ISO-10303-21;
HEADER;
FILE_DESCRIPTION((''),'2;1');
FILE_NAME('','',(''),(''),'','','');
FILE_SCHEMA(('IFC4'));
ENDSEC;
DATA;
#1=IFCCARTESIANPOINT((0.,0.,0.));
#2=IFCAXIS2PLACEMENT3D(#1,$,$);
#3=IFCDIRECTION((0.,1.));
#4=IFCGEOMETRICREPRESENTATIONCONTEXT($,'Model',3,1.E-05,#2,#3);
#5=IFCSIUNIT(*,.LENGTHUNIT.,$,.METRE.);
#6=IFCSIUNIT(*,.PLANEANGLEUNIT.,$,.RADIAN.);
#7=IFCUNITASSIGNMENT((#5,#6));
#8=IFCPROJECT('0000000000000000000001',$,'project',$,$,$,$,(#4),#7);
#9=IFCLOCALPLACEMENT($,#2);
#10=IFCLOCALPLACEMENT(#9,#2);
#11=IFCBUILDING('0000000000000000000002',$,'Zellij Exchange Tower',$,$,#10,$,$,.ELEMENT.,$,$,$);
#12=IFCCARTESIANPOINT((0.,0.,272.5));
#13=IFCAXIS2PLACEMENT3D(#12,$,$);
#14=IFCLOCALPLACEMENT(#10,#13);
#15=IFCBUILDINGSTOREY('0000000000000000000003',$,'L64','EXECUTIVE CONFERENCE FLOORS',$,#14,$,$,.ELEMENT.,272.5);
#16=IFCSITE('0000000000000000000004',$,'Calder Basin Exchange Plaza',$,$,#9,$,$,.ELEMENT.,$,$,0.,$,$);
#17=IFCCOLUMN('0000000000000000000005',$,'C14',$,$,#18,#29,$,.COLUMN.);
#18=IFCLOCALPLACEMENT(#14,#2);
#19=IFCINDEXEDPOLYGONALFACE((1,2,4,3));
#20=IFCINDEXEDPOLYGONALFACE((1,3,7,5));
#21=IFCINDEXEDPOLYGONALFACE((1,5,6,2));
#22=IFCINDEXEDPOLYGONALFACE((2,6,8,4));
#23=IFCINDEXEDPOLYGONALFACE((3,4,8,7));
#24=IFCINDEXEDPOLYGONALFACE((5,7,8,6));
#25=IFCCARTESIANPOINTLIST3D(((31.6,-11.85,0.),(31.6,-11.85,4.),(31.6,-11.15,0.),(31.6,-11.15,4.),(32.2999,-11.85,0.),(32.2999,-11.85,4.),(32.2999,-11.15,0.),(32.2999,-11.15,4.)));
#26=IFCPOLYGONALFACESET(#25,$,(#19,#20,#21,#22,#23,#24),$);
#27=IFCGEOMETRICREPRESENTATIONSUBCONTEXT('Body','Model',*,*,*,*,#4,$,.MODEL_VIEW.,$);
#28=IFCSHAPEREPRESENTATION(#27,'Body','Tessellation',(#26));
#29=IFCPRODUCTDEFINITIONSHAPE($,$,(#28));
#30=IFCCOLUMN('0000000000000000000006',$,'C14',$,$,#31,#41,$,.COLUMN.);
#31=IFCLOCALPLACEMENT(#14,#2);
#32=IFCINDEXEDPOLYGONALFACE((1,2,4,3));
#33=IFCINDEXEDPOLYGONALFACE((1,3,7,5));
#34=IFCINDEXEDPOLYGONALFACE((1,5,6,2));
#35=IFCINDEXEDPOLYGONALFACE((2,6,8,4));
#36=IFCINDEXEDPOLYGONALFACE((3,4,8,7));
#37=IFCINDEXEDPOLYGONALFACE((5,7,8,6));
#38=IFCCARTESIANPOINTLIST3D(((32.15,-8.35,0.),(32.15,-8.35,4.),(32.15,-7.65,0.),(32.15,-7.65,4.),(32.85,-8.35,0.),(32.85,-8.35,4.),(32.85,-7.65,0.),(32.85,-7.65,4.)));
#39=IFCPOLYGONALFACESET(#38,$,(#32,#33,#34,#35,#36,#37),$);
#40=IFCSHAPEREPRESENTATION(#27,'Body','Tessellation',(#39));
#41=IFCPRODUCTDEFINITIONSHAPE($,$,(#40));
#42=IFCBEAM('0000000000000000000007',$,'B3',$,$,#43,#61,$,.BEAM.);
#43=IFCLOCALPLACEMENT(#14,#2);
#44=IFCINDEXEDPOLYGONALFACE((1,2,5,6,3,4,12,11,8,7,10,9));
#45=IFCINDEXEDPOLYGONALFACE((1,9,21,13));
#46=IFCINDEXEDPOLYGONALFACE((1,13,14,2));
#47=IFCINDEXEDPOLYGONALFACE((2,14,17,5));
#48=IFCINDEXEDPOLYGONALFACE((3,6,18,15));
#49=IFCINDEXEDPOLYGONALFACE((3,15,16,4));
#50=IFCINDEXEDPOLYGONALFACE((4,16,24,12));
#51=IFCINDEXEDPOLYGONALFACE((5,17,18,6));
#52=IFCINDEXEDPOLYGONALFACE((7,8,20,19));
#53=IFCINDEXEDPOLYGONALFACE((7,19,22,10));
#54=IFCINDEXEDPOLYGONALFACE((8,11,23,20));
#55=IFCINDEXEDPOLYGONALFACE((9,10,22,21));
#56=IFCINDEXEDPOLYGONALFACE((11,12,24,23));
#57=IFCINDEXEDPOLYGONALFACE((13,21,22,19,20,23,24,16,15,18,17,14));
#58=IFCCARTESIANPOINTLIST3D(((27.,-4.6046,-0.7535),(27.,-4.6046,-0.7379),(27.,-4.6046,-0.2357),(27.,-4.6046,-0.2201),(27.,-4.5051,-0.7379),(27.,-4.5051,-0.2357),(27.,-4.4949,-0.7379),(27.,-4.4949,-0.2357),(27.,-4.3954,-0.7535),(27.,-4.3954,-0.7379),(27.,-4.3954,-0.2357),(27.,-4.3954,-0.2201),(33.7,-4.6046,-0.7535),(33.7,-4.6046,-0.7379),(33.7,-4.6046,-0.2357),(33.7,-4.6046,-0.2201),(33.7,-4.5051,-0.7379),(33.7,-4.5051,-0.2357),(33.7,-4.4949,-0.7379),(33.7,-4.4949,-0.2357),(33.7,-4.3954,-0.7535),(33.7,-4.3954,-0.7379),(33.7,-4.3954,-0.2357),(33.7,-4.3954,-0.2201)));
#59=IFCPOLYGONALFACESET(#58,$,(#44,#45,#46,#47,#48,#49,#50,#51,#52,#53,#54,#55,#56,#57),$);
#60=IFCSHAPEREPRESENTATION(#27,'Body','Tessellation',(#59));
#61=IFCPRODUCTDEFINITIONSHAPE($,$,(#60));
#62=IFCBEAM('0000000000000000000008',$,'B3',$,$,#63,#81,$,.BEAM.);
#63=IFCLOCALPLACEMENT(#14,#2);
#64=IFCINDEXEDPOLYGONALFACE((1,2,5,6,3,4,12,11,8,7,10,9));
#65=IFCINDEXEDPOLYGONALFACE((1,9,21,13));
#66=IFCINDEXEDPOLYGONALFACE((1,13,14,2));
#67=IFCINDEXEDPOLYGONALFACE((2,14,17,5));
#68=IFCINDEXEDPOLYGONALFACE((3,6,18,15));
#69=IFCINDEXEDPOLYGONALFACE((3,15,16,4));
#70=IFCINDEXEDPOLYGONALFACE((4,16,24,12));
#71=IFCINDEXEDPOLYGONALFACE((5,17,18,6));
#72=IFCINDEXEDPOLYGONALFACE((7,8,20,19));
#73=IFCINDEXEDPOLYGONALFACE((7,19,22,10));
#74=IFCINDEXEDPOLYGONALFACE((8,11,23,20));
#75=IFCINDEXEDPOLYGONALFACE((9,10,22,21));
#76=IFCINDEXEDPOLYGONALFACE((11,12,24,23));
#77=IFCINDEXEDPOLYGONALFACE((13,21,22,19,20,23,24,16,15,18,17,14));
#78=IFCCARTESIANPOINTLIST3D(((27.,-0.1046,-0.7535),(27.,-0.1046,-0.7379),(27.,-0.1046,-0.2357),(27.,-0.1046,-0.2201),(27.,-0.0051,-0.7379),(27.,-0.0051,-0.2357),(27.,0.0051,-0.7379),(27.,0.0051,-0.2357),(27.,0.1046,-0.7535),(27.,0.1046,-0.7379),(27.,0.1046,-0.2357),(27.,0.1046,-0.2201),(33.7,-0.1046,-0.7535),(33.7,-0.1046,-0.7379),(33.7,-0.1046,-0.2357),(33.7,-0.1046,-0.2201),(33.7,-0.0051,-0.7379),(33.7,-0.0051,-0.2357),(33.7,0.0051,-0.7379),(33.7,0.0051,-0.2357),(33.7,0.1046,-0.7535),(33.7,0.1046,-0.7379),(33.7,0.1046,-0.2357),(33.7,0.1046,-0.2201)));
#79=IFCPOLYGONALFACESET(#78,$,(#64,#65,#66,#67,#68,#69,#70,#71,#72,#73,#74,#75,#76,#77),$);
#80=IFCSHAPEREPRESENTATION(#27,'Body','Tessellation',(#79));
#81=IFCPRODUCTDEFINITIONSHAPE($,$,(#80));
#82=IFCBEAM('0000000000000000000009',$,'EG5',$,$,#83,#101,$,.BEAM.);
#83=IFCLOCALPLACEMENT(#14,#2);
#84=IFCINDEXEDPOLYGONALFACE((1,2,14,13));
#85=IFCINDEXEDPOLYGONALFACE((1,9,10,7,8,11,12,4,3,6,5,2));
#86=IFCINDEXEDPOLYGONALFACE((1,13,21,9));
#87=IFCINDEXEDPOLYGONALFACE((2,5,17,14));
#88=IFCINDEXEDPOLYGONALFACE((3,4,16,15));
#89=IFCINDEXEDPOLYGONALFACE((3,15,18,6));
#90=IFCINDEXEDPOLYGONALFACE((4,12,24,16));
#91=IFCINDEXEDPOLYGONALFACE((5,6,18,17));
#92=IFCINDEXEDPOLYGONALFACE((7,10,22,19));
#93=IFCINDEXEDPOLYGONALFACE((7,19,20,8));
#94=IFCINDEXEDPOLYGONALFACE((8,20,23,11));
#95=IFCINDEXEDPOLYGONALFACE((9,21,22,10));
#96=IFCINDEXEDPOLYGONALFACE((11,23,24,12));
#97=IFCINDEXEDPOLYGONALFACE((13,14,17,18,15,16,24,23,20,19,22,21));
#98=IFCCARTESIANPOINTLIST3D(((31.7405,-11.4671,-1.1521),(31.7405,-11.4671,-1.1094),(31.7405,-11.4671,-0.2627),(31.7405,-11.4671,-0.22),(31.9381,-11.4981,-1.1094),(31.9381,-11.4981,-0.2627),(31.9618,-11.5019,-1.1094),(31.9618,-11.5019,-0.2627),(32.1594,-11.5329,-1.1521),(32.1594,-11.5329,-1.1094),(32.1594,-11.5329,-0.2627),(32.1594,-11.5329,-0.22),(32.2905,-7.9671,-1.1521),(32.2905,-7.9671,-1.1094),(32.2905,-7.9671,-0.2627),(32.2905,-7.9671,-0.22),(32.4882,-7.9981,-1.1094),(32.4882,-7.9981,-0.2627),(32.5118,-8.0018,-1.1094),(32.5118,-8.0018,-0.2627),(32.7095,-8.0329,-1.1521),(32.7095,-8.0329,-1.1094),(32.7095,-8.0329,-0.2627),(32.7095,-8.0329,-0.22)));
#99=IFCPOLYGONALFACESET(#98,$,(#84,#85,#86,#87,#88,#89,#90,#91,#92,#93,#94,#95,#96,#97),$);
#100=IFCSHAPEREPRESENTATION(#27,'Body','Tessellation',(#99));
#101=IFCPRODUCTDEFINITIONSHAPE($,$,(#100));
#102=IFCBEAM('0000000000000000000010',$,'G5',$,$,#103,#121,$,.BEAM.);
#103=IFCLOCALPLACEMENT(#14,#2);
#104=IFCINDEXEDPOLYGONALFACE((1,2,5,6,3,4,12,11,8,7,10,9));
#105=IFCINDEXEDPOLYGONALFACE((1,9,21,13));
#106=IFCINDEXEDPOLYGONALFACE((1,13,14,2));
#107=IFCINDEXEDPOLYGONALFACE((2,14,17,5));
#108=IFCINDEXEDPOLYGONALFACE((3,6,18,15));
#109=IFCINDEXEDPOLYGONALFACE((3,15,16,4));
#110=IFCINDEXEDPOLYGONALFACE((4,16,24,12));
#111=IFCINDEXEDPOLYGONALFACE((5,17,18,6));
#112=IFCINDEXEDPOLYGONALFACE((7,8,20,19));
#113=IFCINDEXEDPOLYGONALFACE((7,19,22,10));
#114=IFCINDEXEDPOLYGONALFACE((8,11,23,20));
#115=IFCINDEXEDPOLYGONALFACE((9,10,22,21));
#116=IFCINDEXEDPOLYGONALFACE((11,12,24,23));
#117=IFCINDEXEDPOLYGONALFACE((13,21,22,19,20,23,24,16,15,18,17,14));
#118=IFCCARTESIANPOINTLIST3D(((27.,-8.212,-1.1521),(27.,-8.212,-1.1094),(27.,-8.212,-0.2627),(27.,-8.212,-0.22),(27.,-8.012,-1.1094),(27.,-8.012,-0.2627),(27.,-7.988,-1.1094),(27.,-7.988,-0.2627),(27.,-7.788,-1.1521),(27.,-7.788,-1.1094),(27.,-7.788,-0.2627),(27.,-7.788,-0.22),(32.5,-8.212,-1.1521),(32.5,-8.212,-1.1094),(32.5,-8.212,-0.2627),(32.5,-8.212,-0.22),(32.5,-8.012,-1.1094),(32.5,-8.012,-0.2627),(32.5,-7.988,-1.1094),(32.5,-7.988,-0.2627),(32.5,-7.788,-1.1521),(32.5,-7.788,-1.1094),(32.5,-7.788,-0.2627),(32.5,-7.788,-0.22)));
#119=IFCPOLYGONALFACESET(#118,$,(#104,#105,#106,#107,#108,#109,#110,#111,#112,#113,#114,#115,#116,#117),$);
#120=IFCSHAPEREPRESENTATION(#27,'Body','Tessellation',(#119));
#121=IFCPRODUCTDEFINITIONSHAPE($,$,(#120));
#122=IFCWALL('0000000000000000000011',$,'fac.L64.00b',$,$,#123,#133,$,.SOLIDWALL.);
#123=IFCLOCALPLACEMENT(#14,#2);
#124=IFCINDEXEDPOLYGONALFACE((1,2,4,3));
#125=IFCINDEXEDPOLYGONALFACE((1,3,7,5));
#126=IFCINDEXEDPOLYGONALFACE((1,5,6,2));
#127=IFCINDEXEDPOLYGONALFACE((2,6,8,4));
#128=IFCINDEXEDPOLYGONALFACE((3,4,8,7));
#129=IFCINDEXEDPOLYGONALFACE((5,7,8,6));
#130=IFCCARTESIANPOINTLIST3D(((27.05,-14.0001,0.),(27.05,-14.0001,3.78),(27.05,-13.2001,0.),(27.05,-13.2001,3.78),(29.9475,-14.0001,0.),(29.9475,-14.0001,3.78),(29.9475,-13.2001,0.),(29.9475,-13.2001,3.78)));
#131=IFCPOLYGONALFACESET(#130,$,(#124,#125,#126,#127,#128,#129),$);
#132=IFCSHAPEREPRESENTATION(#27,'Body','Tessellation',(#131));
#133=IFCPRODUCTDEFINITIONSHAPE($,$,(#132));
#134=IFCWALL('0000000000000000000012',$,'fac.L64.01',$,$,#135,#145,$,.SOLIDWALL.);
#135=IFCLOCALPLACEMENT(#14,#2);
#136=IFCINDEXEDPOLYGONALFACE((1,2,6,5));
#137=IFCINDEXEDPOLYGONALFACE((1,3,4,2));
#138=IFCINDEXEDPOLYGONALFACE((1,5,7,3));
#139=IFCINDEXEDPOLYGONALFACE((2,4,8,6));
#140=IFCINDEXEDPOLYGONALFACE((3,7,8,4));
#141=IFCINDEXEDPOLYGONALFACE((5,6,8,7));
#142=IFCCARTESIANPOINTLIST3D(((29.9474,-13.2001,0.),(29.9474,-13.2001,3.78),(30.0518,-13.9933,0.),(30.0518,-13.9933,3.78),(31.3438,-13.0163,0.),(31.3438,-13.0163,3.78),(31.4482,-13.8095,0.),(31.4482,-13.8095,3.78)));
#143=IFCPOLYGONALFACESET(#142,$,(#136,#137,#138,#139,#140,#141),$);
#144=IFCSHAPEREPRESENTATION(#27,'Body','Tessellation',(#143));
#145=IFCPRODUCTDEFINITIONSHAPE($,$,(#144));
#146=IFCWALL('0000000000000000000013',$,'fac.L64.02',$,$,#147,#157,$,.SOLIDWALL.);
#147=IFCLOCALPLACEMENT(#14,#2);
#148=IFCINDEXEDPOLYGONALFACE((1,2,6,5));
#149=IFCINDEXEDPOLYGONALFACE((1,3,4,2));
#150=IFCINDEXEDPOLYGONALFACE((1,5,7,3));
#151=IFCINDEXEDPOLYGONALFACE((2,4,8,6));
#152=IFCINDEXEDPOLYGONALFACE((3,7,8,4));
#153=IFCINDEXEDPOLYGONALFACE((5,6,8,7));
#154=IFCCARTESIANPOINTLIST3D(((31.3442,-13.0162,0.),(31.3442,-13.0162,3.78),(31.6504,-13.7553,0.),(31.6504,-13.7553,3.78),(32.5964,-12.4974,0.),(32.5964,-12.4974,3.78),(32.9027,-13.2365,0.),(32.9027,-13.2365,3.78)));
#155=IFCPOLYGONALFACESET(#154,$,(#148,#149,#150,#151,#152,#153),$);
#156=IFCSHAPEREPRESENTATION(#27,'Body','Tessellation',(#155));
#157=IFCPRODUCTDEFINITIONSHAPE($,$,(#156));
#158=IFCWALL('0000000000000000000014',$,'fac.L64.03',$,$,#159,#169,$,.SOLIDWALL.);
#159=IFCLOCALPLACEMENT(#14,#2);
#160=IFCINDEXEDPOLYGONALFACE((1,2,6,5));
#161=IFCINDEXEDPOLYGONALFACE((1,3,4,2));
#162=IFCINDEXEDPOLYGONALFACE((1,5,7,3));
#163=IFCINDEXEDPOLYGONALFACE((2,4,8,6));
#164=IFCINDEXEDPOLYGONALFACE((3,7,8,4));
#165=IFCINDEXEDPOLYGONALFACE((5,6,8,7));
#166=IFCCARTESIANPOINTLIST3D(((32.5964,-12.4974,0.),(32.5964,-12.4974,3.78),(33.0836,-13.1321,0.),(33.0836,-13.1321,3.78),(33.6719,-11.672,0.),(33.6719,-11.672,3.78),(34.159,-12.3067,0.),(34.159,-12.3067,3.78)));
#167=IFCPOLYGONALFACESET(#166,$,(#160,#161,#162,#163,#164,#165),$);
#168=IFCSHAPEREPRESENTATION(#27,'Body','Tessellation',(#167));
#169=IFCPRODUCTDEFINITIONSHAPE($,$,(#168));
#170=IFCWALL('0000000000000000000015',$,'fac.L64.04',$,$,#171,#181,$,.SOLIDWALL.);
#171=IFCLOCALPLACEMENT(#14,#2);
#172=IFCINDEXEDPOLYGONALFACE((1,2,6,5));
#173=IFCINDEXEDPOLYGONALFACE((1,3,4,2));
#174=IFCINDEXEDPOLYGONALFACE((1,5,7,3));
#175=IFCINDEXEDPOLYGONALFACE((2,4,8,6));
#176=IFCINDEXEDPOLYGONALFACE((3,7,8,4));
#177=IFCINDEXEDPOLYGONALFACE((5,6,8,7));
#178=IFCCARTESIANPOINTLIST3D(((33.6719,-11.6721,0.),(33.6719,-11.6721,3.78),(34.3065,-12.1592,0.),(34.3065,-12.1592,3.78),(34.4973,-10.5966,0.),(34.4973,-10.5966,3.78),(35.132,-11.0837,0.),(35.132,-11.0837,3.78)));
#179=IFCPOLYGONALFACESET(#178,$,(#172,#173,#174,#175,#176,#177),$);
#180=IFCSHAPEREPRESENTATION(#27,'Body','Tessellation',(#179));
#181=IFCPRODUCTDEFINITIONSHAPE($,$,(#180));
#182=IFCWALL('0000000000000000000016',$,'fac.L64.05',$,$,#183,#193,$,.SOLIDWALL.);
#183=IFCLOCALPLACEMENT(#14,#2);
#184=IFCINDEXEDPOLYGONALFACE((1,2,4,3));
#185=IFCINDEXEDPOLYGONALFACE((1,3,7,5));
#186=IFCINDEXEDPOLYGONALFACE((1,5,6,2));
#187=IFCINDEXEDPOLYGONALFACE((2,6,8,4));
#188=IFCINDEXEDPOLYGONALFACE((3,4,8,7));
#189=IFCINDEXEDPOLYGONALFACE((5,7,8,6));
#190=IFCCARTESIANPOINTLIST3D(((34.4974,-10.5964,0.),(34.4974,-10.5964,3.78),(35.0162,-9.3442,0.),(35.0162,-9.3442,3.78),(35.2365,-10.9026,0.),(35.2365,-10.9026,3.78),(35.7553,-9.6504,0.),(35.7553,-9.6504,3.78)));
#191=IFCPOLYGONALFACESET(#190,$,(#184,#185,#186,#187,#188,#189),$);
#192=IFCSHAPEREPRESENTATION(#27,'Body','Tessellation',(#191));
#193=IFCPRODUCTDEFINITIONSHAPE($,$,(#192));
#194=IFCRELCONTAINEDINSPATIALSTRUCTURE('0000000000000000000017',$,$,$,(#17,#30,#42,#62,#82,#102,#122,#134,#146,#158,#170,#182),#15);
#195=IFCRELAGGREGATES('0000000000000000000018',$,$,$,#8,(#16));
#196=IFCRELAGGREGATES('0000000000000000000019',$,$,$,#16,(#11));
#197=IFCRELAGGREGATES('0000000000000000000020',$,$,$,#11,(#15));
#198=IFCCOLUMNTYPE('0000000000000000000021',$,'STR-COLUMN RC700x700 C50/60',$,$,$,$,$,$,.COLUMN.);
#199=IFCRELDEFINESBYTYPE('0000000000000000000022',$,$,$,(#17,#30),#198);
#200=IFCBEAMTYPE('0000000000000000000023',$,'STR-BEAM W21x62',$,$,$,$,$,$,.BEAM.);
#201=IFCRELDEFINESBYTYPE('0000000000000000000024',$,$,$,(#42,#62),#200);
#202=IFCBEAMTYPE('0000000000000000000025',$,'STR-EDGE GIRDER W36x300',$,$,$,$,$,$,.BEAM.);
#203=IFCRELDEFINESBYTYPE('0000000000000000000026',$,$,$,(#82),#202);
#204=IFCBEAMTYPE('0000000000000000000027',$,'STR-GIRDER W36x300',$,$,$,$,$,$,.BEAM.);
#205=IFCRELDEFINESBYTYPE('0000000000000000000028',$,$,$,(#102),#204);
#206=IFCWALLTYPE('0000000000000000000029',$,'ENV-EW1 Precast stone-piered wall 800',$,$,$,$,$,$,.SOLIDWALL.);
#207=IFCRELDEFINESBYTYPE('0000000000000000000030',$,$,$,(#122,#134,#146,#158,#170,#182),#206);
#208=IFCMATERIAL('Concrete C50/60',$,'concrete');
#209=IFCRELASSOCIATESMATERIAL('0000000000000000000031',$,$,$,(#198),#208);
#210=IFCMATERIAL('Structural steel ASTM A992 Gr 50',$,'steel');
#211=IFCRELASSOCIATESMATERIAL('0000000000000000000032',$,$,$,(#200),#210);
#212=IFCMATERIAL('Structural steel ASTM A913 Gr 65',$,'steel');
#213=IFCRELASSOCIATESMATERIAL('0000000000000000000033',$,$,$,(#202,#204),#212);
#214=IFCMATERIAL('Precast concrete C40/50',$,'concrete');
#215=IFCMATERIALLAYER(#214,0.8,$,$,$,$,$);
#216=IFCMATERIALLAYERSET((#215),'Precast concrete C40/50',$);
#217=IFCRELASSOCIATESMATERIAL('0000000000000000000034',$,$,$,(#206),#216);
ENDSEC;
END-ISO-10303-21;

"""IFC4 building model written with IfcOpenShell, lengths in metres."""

from ifc_helpers import new_model, si_unit, direction, frame, frame_2d, origin, origin_2d, place, context, subcontext, project, spatial, rectangle, i_section, extrude, material, layer, layer_set, material_profile, profile_set, type_object, element, save


model = new_model("IFC4")

# Units and contexts
model_context = context("Model", 3, precision=1e-05, world=origin(), true_north=direction((0.0, 1.0)))
body_context = subcontext(model_context, "Body", "Model", "MODEL_VIEW")
ifc_project = project(units=[si_unit("LENGTHUNIT", "METRE"), si_unit("PLANEANGLEUNIT", "RADIAN")], contexts=[model_context])

# Site, building, storey
site_placement = place(None, origin())
site = spatial("IfcSite", under=ifc_project, at=site_placement, Name="Calder Basin Exchange Plaza", CompositionType="ELEMENT", RefElevation=0.0)
building_placement = place(site_placement, origin())
building = spatial("IfcBuilding", under=site, at=building_placement, Name="Zellij Exchange Tower", CompositionType="ELEMENT")
storey_placement = place(building_placement, frame((0.0, 0.0, 272.5)))
storey = spatial("IfcBuildingStorey", under=building, at=storey_placement, Name="L64", Description="EXECUTIVE CONFERENCE FLOORS", CompositionType="ELEMENT", Elevation=272.5)

# Columns
ifc_material_1 = material(Name="Concrete C50/60", Category="concrete")
ifc_material_profile_1 = material_profile(ifc_material_1, rectangle(XDim=0.7, YDim=0.7, at=origin_2d()), Name="STR-COLUMN RC700x700 C50/60")
ifc_profile_set_1 = profile_set([ifc_material_profile_1], Name="Concrete C50/60")
column_type = type_object("IfcColumnType", Name="STR-COLUMN RC700x700 C50/60", PredefinedType="COLUMN", material=ifc_profile_set_1)
for number, where, z_axis, x_axis, name in (
    (1, (31.95, -11.5, 0.0), (0.0, 0.0, 1.0), (1.0, 0.0, 0.0), "C14"),
    (2, (32.5, -8.0, 0.0), (0.0, 0.0, 1.0), (1.0, 0.0, 0.0), "C14"),
):
    element("IfcColumn", number, at=place(storey_placement, frame(where, z_axis=z_axis, x_axis=x_axis)), inside=storey, type_object=column_type, Name=name, PredefinedType="COLUMN", context=body_context, shape_type="SweptSolid", body=[
        extrude(rectangle(XDim=0.7, YDim=0.7, at=origin_2d()), origin(), (0.0, 0.0, 1.0), 4.0),
    ])

# Beams
ifc_material_2 = material(Name="Structural steel ASTM A992 Gr 50", Category="steel")
ifc_material_profile_2 = material_profile(ifc_material_2, i_section(OverallWidth=0.2092, OverallDepth=0.5334, WebThickness=0.0103, FlangeThickness=0.0156, at=origin_2d()), Name="W21x62")
ifc_profile_set_2 = profile_set([ifc_material_profile_2], Name="Structural steel ASTM A992 Gr 50")
beam_type_1 = type_object("IfcBeamType", Name="STR-BEAM W21x62", PredefinedType="BEAM", material=ifc_profile_set_2)
for number, where, z_axis, x_axis, name in (
    (3, (27.0, -4.5, -0.4868), (1.0, 0.0, 0.0), (0.0, 1.0, 0.0), "B3"),
    (4, (27.0, 0.0, -0.4868), (1.0, 0.0, 0.0), (0.0, 1.0, 0.0), "B3"),
):
    element("IfcBeam", number, at=place(storey_placement, frame(where, z_axis=z_axis, x_axis=x_axis)), inside=storey, type_object=beam_type_1, Name=name, PredefinedType="BEAM", context=body_context, shape_type="SweptSolid", body=[
        extrude(i_section(OverallWidth=0.2092, OverallDepth=0.5334, WebThickness=0.0103, FlangeThickness=0.0156, at=origin_2d()), origin(), (0.0, 0.0, 1.0), 6.7),
    ])
ifc_material_3 = material(Name="Structural steel ASTM A913 Gr 65", Category="steel")
ifc_material_profile_3 = material_profile(ifc_material_3, i_section(OverallWidth=0.4241, OverallDepth=0.9321, WebThickness=0.0239, FlangeThickness=0.0427, at=origin_2d()), Name="W36x300")
ifc_profile_set_3 = profile_set([ifc_material_profile_3], Name="Structural steel ASTM A913 Gr 65")
beam_type_2 = type_object("IfcBeamType", Name="STR-EDGE GIRDER W36x300", PredefinedType="BEAM", material=ifc_profile_set_3)
beam_1_placement = place(storey_placement, frame((31.95, -11.5, -0.686), z_axis=(0.155251, 0.987875, 0.0), x_axis=(-0.987875, 0.155251, 0.0)))
element("IfcBeam", 5, at=beam_1_placement, inside=storey, type_object=beam_type_2, Name="EG5", PredefinedType="BEAM", context=body_context, shape_type="SweptSolid", body=[
    extrude(i_section(OverallWidth=0.4241, OverallDepth=0.9321, WebThickness=0.0239, FlangeThickness=0.0427, at=origin_2d()), origin(), (0.0, 0.0, 1.0), 3.543),
])
ifc_material_profile_4 = material_profile(ifc_material_3, i_section(OverallWidth=0.4241, OverallDepth=0.9321, WebThickness=0.0239, FlangeThickness=0.0427, at=origin_2d()), Name="W36x300")
ifc_profile_set_4 = profile_set([ifc_material_profile_4], Name="Structural steel ASTM A913 Gr 65")
beam_type_3 = type_object("IfcBeamType", Name="STR-GIRDER W36x300", PredefinedType="BEAM", material=ifc_profile_set_4)
beam_2_placement = place(storey_placement, frame((27.0, -8.0, -0.686), z_axis=(1.0, 0.0, 0.0), x_axis=(0.0, 1.0, 0.0)))
element("IfcBeam", 6, at=beam_2_placement, inside=storey, type_object=beam_type_3, Name="G5", PredefinedType="BEAM", context=body_context, shape_type="SweptSolid", body=[
    extrude(i_section(OverallWidth=0.4241, OverallDepth=0.9321, WebThickness=0.0239, FlangeThickness=0.0427, at=origin_2d()), origin(), (0.0, 0.0, 1.0), 5.5),
])

# Walls
ifc_material_4 = material(Name="Precast concrete C40/50", Category="concrete")
ifc_layer_1 = layer(ifc_material_4, 0.8)
ifc_layer_set_1 = layer_set([ifc_layer_1], Name="Precast concrete C40/50")
wall_type_1 = type_object("IfcWallType", Name="ENV-EW1 Precast stone-piered wall 800", PredefinedType="SOLIDWALL", material=ifc_layer_set_1)
wall_1_placement = place(storey_placement, frame((27.05, -13.6001, 0.0), z_axis=(0.0, 0.0, 1.0), x_axis=(1.0, 0.0, 0.0)))
element("IfcWall", 7, at=wall_1_placement, inside=storey, type_object=wall_type_1, Name="fac.L64.00b", PredefinedType="SOLIDWALL", context=body_context, shape_type="SweptSolid", body=[
    extrude(rectangle(XDim=2.8975, YDim=0.8, at=frame_2d((1.4487, 0.0))), origin(), (0.0, 0.0, 1.0), 3.78),
])
wall_2_placement = place(storey_placement, frame((29.9998, -13.5967, 0.0), z_axis=(0.0, 0.0, 1.0), x_axis=(0.991446, 0.130517, 0.0)))
element("IfcWall", 8, at=wall_2_placement, inside=storey, type_object=wall_type_1, Name="fac.L64.01", PredefinedType="SOLIDWALL", context=body_context, shape_type="SweptSolid", body=[
    extrude(rectangle(XDim=1.4084, YDim=0.8, at=frame_2d((0.7041, 0.0))), origin(), (0.0, 0.0, 1.0), 3.78),
])
wall_3_placement = place(storey_placement, frame((31.4973, -13.3857, 0.0), z_axis=(0.0, 0.0, 1.0), x_axis=(0.923848, 0.38276, 0.0)))
element("IfcWall", 9, at=wall_3_placement, inside=storey, type_object=wall_type_1, Name="fac.L64.02", PredefinedType="SOLIDWALL", context=body_context, shape_type="SweptSolid", body=[
    extrude(rectangle(XDim=1.3555, YDim=0.8, at=frame_2d((0.6777, 0.0))), origin(), (0.0, 0.0, 1.0), 3.78),
])
for number, where, z_axis, x_axis, name in (
    (10, (32.8401, -12.8147, 0.0), (0.0, 0.0, 1.0), (0.793273, 0.608866, 0.0), "fac.L64.03"),
    (11, (33.9893, -11.9155, 0.0), (0.0, 0.0, 1.0), (0.608866, 0.793273, 0.0), "fac.L64.04"),
):
    element("IfcWall", number, at=place(storey_placement, frame(where, z_axis=z_axis, x_axis=x_axis)), inside=storey, type_object=wall_type_1, Name=name, PredefinedType="SOLIDWALL", context=body_context, shape_type="SweptSolid", body=[
        extrude(rectangle(XDim=1.3557, YDim=0.8, at=frame_2d((0.6777, 0.0))), origin(), (0.0, 0.0, 1.0), 3.78),
    ])
wall_4_placement = place(storey_placement, frame((34.8669, -10.7495, 0.0), z_axis=(0.0, 0.0, 1.0), x_axis=(0.38276, 0.923848, 0.0)))
element("IfcWall", 12, at=wall_4_placement, inside=storey, type_object=wall_type_1, Name="fac.L64.05", PredefinedType="SOLIDWALL", context=body_context, shape_type="SweptSolid", body=[
    extrude(rectangle(XDim=1.3555, YDim=0.8, at=frame_2d((0.6777, 0.0))), origin(), (0.0, 0.0, 1.0), 3.78),
])

save(model, "model.ifc")
